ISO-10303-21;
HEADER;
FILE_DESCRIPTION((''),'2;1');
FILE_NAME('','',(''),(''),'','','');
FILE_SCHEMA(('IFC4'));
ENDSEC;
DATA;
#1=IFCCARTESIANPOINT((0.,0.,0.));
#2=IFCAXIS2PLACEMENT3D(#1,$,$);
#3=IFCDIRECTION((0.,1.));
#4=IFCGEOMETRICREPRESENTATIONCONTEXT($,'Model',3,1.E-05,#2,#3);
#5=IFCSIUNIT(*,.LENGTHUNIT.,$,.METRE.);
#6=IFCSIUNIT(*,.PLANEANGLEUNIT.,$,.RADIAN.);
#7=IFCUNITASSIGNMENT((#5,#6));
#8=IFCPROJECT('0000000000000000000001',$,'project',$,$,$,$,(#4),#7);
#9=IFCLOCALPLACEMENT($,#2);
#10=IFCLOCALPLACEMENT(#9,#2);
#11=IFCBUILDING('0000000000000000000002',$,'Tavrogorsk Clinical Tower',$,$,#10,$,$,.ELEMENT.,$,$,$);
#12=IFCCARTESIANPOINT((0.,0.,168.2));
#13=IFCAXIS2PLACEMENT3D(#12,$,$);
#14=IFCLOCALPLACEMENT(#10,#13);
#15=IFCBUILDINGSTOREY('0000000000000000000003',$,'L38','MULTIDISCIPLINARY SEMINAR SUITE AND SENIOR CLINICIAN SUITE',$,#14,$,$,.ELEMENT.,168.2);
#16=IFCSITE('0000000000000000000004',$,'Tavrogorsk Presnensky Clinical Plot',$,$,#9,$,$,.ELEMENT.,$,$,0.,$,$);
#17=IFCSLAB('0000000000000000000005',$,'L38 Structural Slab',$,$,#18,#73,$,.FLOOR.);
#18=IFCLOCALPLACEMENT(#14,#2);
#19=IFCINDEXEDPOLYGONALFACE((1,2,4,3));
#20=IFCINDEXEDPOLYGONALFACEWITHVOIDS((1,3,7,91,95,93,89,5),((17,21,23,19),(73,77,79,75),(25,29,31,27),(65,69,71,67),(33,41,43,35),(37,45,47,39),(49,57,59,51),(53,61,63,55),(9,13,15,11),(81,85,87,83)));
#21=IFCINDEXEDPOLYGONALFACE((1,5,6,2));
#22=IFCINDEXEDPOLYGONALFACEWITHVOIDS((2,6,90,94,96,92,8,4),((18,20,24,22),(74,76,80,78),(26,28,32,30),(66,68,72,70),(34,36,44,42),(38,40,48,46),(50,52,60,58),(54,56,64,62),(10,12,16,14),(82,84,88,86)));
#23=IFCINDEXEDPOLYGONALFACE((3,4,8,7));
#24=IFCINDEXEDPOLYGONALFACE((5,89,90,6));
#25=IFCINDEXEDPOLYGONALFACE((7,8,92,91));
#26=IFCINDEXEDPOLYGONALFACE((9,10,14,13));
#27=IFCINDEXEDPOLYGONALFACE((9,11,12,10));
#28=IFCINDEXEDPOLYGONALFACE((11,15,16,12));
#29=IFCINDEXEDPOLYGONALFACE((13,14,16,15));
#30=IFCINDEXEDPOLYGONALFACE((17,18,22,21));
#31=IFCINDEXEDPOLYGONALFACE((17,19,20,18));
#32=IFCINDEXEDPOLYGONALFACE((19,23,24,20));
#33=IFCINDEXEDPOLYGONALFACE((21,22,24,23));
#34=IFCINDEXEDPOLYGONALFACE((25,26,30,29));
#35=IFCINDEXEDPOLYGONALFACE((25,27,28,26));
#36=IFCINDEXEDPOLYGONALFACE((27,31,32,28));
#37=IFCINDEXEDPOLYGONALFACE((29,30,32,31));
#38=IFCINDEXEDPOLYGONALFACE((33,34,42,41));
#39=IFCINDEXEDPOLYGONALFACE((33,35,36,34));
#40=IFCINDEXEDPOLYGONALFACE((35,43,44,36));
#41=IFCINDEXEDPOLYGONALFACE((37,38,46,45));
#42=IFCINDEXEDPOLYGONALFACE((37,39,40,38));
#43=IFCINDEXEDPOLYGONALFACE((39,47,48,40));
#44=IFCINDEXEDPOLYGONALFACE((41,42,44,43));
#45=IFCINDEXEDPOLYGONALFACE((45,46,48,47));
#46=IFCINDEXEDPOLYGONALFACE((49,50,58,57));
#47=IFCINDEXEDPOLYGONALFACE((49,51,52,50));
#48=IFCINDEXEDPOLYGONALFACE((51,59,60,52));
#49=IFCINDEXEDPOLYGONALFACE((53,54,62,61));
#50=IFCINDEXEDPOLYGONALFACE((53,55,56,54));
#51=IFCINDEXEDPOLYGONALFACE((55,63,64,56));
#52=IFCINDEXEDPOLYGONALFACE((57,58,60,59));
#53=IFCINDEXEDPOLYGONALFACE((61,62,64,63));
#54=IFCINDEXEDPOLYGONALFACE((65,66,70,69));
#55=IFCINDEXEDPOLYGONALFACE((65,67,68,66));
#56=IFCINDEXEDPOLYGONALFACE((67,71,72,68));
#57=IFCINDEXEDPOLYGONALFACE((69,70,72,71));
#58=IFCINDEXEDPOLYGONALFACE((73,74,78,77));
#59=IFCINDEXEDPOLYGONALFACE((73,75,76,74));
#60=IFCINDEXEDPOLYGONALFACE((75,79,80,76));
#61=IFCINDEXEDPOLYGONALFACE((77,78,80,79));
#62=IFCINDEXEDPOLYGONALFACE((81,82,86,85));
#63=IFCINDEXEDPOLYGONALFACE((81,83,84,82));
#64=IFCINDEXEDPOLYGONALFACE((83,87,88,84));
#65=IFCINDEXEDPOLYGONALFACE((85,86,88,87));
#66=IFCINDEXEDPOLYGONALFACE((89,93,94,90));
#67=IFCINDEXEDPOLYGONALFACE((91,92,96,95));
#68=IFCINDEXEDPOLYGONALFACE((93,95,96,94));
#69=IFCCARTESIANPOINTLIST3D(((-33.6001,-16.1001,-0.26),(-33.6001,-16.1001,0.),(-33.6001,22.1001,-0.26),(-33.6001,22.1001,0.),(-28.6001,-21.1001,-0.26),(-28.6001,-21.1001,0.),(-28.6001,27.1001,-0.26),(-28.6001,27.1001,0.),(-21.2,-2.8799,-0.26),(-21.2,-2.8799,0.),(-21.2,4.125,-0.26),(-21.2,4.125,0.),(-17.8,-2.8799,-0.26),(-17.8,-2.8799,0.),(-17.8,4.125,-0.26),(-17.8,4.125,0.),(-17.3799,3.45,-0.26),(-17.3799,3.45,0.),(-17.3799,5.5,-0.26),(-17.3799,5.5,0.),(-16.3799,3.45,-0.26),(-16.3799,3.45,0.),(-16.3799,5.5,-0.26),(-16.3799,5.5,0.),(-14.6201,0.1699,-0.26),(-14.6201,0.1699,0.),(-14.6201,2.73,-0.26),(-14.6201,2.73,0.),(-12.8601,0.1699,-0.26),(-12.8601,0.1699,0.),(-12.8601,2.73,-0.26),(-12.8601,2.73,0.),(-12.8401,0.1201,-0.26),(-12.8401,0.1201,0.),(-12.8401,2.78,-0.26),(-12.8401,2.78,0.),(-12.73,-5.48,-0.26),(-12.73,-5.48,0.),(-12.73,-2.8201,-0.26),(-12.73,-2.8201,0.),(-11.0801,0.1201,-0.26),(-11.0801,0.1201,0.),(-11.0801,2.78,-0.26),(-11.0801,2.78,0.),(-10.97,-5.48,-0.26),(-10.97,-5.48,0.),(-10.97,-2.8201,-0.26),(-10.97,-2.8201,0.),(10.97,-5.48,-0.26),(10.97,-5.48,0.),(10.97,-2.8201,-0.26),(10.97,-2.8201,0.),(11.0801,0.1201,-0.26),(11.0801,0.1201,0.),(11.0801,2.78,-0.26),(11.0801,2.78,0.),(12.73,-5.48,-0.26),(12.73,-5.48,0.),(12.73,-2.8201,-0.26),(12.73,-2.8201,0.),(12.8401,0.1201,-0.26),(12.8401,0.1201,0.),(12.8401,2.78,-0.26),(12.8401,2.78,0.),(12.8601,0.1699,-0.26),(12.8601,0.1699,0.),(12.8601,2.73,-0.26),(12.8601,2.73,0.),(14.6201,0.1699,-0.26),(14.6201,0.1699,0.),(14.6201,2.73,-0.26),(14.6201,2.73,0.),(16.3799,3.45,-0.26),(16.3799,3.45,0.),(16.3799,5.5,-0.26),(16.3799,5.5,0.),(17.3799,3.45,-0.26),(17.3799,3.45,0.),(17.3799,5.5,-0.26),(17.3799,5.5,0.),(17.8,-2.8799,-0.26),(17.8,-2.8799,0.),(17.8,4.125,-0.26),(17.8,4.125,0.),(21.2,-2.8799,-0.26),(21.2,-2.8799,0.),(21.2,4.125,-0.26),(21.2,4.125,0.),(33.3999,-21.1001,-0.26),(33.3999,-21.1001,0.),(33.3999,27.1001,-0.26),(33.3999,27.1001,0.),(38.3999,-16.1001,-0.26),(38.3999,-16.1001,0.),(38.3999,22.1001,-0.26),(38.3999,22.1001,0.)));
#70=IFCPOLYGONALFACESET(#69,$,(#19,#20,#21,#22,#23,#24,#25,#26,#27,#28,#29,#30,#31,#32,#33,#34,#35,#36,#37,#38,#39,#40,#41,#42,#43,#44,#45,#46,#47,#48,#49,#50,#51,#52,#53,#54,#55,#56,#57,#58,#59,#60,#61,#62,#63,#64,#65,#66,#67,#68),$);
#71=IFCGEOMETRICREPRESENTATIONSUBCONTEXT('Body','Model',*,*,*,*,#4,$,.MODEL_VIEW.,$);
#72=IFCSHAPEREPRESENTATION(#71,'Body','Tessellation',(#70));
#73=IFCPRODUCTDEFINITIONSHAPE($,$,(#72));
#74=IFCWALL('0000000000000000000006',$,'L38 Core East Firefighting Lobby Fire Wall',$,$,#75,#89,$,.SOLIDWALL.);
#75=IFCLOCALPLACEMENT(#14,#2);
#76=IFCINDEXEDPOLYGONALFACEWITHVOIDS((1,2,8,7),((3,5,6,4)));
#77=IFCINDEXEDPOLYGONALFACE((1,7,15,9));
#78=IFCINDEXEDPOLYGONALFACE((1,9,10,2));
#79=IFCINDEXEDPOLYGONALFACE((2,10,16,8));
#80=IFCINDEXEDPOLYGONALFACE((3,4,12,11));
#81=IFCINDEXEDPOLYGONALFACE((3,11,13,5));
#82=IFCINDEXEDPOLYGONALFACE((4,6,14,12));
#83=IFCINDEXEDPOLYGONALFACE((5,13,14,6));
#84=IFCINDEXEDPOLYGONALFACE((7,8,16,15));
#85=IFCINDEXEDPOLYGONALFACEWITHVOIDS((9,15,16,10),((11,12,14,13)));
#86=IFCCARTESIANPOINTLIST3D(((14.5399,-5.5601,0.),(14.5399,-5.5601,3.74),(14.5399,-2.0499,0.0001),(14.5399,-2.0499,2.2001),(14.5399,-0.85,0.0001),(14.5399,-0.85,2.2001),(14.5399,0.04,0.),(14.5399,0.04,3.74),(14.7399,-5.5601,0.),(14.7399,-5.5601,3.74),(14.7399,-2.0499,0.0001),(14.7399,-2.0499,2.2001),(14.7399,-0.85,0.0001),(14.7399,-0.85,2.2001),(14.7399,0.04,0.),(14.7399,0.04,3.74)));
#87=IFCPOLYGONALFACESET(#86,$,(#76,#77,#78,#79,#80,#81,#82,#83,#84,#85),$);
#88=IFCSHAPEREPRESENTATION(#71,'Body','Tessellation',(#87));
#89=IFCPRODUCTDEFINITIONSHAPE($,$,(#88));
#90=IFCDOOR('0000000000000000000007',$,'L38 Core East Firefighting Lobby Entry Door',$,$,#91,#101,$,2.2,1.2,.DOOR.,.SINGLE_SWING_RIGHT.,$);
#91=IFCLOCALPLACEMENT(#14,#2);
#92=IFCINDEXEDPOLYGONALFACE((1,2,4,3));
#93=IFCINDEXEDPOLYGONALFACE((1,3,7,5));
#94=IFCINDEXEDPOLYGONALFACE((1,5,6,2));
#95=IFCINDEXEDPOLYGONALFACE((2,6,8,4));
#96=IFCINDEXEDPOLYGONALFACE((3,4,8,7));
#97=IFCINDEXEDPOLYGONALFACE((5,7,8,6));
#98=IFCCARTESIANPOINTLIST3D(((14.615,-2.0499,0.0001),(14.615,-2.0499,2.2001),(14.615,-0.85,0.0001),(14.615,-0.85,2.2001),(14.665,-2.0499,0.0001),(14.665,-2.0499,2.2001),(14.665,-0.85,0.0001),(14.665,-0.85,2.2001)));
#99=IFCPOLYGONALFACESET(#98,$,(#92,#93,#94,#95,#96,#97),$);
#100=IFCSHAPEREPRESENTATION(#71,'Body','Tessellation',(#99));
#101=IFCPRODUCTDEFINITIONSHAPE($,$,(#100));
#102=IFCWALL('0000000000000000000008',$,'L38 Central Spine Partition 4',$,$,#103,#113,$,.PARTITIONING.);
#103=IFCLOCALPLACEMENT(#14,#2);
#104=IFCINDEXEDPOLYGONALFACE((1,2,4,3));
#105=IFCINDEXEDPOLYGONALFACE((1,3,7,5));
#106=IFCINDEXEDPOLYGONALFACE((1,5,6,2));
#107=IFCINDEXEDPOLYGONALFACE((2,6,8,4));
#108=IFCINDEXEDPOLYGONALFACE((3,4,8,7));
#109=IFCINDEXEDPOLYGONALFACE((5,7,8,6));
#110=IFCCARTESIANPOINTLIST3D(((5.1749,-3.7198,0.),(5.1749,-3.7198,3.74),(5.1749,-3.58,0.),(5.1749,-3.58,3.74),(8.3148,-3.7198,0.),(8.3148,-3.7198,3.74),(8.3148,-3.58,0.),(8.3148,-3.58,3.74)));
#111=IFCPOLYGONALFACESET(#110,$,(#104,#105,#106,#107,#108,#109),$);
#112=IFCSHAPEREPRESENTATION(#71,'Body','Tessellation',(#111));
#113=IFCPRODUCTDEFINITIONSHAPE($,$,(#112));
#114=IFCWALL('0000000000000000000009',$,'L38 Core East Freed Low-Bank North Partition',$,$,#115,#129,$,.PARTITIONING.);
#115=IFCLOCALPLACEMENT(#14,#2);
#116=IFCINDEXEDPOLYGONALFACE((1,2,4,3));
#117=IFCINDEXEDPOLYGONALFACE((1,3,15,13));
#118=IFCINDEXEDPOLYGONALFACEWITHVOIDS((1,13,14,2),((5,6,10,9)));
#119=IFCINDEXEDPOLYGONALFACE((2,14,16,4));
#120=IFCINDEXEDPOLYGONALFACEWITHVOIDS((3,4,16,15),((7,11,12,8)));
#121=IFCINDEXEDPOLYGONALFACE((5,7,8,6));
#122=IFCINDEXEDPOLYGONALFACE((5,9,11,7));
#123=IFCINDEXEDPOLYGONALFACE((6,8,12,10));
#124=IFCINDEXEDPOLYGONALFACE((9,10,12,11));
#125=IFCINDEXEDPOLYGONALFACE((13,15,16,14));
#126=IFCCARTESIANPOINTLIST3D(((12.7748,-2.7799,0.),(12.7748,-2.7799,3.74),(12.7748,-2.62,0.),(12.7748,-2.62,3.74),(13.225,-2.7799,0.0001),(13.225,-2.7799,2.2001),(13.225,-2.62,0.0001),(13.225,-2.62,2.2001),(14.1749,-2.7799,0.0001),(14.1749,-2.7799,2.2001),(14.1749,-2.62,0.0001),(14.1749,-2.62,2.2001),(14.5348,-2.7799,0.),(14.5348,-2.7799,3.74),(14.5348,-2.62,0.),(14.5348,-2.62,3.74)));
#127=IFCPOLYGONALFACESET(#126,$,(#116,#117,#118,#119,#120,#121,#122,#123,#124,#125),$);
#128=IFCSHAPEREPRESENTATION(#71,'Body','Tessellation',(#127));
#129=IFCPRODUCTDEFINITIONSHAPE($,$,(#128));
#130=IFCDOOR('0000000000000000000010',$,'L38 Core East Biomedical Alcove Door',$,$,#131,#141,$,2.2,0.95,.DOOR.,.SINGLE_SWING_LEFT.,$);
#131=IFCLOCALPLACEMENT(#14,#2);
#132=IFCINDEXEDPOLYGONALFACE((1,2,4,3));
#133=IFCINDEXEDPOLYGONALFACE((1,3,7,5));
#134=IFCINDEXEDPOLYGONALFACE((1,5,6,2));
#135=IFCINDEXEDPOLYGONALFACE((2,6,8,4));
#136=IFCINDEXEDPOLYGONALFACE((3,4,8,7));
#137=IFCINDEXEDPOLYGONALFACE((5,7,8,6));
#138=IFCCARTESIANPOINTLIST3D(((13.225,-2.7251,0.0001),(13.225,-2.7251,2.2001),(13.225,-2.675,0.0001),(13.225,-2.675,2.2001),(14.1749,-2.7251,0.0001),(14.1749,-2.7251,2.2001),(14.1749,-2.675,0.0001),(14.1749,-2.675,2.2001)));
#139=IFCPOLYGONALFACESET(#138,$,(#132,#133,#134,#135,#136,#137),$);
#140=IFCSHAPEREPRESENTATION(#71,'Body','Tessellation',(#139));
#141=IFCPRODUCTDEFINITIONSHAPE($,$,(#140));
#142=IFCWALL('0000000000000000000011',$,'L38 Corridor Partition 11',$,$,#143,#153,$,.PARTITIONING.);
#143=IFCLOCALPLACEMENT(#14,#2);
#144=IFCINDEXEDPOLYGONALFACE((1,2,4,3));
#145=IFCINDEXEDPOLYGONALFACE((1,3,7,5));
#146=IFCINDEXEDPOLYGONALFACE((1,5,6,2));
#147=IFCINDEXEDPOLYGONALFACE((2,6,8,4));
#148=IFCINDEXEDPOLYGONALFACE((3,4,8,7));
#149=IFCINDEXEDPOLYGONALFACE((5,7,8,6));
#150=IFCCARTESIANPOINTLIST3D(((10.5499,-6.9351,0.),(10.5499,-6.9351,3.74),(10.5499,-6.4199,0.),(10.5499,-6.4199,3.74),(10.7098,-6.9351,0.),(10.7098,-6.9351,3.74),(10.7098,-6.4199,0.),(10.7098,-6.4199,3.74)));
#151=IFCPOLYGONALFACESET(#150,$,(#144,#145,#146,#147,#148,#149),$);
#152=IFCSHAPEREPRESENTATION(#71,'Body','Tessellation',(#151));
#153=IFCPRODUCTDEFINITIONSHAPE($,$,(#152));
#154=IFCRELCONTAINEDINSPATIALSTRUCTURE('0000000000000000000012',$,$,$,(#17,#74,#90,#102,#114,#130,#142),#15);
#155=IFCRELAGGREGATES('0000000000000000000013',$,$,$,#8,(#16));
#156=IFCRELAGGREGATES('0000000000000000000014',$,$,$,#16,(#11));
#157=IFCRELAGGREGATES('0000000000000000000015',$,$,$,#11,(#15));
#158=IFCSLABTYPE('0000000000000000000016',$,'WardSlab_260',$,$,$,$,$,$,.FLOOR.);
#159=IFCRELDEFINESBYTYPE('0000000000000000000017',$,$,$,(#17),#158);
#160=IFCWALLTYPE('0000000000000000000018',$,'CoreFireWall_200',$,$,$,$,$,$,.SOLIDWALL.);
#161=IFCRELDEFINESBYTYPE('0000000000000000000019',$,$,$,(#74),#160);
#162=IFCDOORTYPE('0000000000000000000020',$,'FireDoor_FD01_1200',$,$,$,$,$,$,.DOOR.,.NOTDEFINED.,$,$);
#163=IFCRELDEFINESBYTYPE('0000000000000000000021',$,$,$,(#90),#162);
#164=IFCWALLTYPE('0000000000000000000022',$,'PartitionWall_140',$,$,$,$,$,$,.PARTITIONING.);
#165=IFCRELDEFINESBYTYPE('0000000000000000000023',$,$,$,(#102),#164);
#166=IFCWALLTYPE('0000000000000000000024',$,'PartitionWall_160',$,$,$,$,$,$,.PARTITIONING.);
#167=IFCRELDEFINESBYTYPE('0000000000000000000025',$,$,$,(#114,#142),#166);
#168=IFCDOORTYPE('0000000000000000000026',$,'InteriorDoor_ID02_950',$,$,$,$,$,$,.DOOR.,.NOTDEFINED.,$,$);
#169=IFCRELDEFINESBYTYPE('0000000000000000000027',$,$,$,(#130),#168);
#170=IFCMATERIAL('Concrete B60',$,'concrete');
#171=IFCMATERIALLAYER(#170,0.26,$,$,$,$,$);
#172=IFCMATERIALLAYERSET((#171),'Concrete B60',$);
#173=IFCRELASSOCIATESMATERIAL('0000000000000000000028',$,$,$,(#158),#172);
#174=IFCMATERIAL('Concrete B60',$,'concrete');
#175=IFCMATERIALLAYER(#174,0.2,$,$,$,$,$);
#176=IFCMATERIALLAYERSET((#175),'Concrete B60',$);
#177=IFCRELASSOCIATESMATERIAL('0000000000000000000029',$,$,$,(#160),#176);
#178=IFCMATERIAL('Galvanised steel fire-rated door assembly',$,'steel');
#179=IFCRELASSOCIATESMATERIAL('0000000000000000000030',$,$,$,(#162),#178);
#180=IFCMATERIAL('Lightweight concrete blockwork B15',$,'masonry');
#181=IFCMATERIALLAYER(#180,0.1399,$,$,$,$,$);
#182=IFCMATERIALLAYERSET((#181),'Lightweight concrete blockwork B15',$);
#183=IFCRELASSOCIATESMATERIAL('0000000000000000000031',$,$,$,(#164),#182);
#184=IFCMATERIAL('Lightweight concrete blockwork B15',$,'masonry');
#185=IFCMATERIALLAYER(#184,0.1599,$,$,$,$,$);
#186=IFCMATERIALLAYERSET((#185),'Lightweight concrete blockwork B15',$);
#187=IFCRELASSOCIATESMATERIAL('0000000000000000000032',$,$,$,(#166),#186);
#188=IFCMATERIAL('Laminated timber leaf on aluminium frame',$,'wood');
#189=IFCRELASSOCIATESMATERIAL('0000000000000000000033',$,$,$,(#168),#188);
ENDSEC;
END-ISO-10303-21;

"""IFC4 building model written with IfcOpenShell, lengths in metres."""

from ifc_helpers import new_model, si_unit, direction, frame, frame_2d, origin, place, context, subcontext, project, spatial, polyline, rectangle, outline, extrude, material, layer, layer_set, type_object, element, fill, save


model = new_model("IFC4")

# Units and contexts
model_context = context("Model", 3, precision=1e-05, world=origin(), true_north=direction((0.0, 1.0)))
body_context = subcontext(model_context, "Body", "Model", "MODEL_VIEW")
ifc_project = project(units=[si_unit("LENGTHUNIT", "METRE"), si_unit("PLANEANGLEUNIT", "RADIAN")], contexts=[model_context])

# Site, building, storey
site_placement = place(None, origin())
site = spatial("IfcSite", under=ifc_project, at=site_placement, Name="Tavrogorsk Presnensky Clinical Plot", CompositionType="ELEMENT", RefElevation=0.0)
building_placement = place(site_placement, origin())
building = spatial("IfcBuilding", under=site, at=building_placement, Name="Tavrogorsk Clinical Tower", CompositionType="ELEMENT")
storey_placement = place(building_placement, frame((0.0, 0.0, 168.2)))
storey = spatial("IfcBuildingStorey", under=building, at=storey_placement, Name="L38", Description="MULTIDISCIPLINARY SEMINAR SUITE AND SENIOR CLINICIAN SUITE", CompositionType="ELEMENT", Elevation=168.2)

# Slab
ifc_material_1 = material(Name="Concrete B60", Category="concrete")
ifc_layer_1 = layer(ifc_material_1, 0.26)
ifc_layer_set_1 = layer_set([ifc_layer_1], Name="Concrete B60")
slab_type_1 = type_object("IfcSlabType", Name="WardSlab_260", PredefinedType="FLOOR", material=ifc_layer_set_1)
slab_1_placement = place(storey_placement, frame((0.0, 0.0, -0.26)))
element("IfcSlab", 1, at=slab_1_placement, inside=storey, type_object=slab_type_1, Name="L38 Structural Slab", PredefinedType="FLOOR", context=body_context, shape_type="SweptSolid", body=[
    extrude(outline(polyline([(-28.6001, -21.1001), (33.3999, -21.1001), (38.3999, -16.1001), (38.3999, 22.1001), (33.3999, 27.1001), (-28.6001, 27.1001), (-33.6001, 22.1001), (-33.6001, -16.1001), (-28.6001, -21.1001)]), holes=[polyline([(-17.8, -2.8799), (-17.8, 4.125), (-21.2, 4.125), (-21.2, -2.8799), (-17.8, -2.8799)]), polyline([(21.2, -2.8799), (21.2, 4.125), (17.8, 4.125), (17.8, -2.8799), (21.2, -2.8799)]), polyline([(-14.6201, 0.1699), (-12.8601, 0.1699), (-12.8601, 2.73), (-14.6201, 2.73), (-14.6201, 0.1699)]), polyline([(-12.73, -5.48), (-10.97, -5.48), (-10.97, -2.8201), (-12.73, -2.8201), (-12.73, -5.48)]), polyline([(-12.8401, 0.1201), (-11.0801, 0.1201), (-11.0801, 2.78), (-12.8401, 2.78), (-12.8401, 0.1201)]), polyline([(12.8601, 0.1699), (14.6201, 0.1699), (14.6201, 2.73), (12.8601, 2.73), (12.8601, 0.1699)]), polyline([(10.97, -5.48), (12.73, -5.48), (12.73, -2.8201), (10.97, -2.8201), (10.97, -5.48)]), polyline([(11.0801, 0.1201), (12.8401, 0.1201), (12.8401, 2.78), (11.0801, 2.78), (11.0801, 0.1201)]), polyline([(-17.3799, 3.45), (-16.3799, 3.45), (-16.3799, 5.5), (-17.3799, 5.5), (-17.3799, 3.45)]), polyline([(16.3799, 3.45), (17.3799, 3.45), (17.3799, 5.5), (16.3799, 5.5), (16.3799, 3.45)])]), origin(), (0.0, 0.0, 1.0), 0.26),
])

# Wall, opening, door
ifc_material_2 = material(Name="Concrete B60", Category="concrete")
ifc_layer_2 = layer(ifc_material_2, 0.2)
ifc_layer_set_2 = layer_set([ifc_layer_2], Name="Concrete B60")
wall_type_1 = type_object("IfcWallType", Name="CoreFireWall_200", PredefinedType="SOLIDWALL", material=ifc_layer_set_2)
wall_1_placement = place(storey_placement, frame((14.6399, -5.5601, 0.0), z_axis=(0.0, 0.0, 1.0), x_axis=(0.0, 1.0, 0.0)))
wall_1 = element("IfcWall", 2, at=wall_1_placement, inside=storey, type_object=wall_type_1, Name="L38 Core East Firefighting Lobby Fire Wall", PredefinedType="SOLIDWALL", context=body_context, shape_type="SweptSolid", body=[
    extrude(rectangle(XDim=5.6001, YDim=0.2, at=frame_2d((2.8, 0.0))), origin(), (0.0, 0.0, 1.0), 3.74),
])
opening_1_placement = place(wall_1_placement, frame((3.51, 0.0, 0.0)))
opening_1 = element("IfcOpeningElement", 3, at=opening_1_placement, cuts=wall_1, PredefinedType="OPENING", context=body_context, shape_type="SweptSolid", body=[
    extrude(rectangle(XDim=1.2, YDim=2.2, at=frame_2d((0.6001, 1.1001))), frame((0.0, 0.1099, 0.0), z_axis=(0.0, -1.0, 0.0), x_axis=(1.0, 0.0, 0.0)), (0.0, 0.0, 1.0), 0.22),
])
ifc_material_3 = material(Name="Galvanised steel fire-rated door assembly", Category="steel")
door_type_1 = type_object("IfcDoorType", Name="FireDoor_FD01_1200", OperationType="NOTDEFINED", PredefinedType="DOOR", material=ifc_material_3)
door_1_placement = place(opening_1_placement, origin())
door_1 = element("IfcDoor", 4, at=door_1_placement, inside=storey, type_object=door_type_1, Name="L38 Core East Firefighting Lobby Entry Door", OperationType="SINGLE_SWING_RIGHT", OverallHeight=2.2, OverallWidth=1.2, PredefinedType="DOOR", context=body_context, shape_type="SweptSolid", body=[
    extrude(rectangle(XDim=1.2, YDim=2.2, at=frame_2d((0.6001, 1.1001))), frame((0.0, 0.0249, 0.0), z_axis=(0.0, -1.0, 0.0), x_axis=(1.0, 0.0, 0.0)), (0.0, 0.0, 1.0), 0.05),
])
fill(opening_1, door_1)

# Wall
ifc_material_4 = material(Name="Lightweight concrete blockwork B15", Category="masonry")
ifc_layer_3 = layer(ifc_material_4, 0.1399)
ifc_layer_set_3 = layer_set([ifc_layer_3], Name="Lightweight concrete blockwork B15")
wall_type_2 = type_object("IfcWallType", Name="PartitionWall_140", PredefinedType="PARTITIONING", material=ifc_layer_set_3)
wall_2_placement = place(storey_placement, frame((5.175, -3.6499, 0.0), z_axis=(0.0, 0.0, 1.0), x_axis=(1.0, 0.0, 0.0)))
element("IfcWall", 5, at=wall_2_placement, inside=storey, type_object=wall_type_2, Name="L38 Central Spine Partition 4", PredefinedType="PARTITIONING", context=body_context, shape_type="SweptSolid", body=[
    extrude(rectangle(XDim=3.1399, YDim=0.1399, at=frame_2d((1.5698, 0.0))), origin(), (0.0, 0.0, 1.0), 3.74),
])

# Wall, opening, door
ifc_material_5 = material(Name="Lightweight concrete blockwork B15", Category="masonry")
ifc_layer_4 = layer(ifc_material_5, 0.1599)
ifc_layer_set_4 = layer_set([ifc_layer_4], Name="Lightweight concrete blockwork B15")
wall_type_3 = type_object("IfcWallType", Name="PartitionWall_160", PredefinedType="PARTITIONING", material=ifc_layer_set_4)
wall_3_placement = place(storey_placement, frame((12.7749, -2.7, 0.0), z_axis=(0.0, 0.0, 1.0), x_axis=(1.0, 0.0, 0.0)))
wall_3 = element("IfcWall", 6, at=wall_3_placement, inside=storey, type_object=wall_type_3, Name="L38 Core East Freed Low-Bank North Partition", PredefinedType="PARTITIONING", context=body_context, shape_type="SweptSolid", body=[
    extrude(rectangle(XDim=1.76, YDim=0.1599, at=frame_2d((0.8799, 0.0))), origin(), (0.0, 0.0, 1.0), 3.74),
])
opening_2_placement = place(wall_3_placement, frame((0.45, 0.0, 0.0)))
opening_2 = element("IfcOpeningElement", 7, at=opening_2_placement, cuts=wall_3, PredefinedType="OPENING", context=body_context, shape_type="SweptSolid", body=[
    extrude(rectangle(XDim=0.95, YDim=2.2, at=frame_2d((0.4751, 1.1001))), frame((0.0, 0.0898, 0.0), z_axis=(0.0, -1.0, 0.0), x_axis=(1.0, 0.0, 0.0)), (0.0, 0.0, 1.0), 0.1799),
])
ifc_material_6 = material(Name="Laminated timber leaf on aluminium frame", Category="wood")
door_type_2 = type_object("IfcDoorType", Name="InteriorDoor_ID02_950", OperationType="NOTDEFINED", PredefinedType="DOOR", material=ifc_material_6)
door_2_placement = place(opening_2_placement, origin())
door_2 = element("IfcDoor", 8, at=door_2_placement, inside=storey, type_object=door_type_2, Name="L38 Core East Biomedical Alcove Door", OperationType="SINGLE_SWING_LEFT", OverallHeight=2.2, OverallWidth=0.95, PredefinedType="DOOR", context=body_context, shape_type="SweptSolid", body=[
    extrude(rectangle(XDim=0.95, YDim=2.2, at=frame_2d((0.4751, 1.1001))), frame((0.0, 0.0249, 0.0), z_axis=(0.0, -1.0, 0.0), x_axis=(1.0, 0.0, 0.0)), (0.0, 0.0, 1.0), 0.05),
])
fill(opening_2, door_2)

# Wall
wall_4_placement = place(storey_placement, frame((10.6299, -6.4199, 0.0), z_axis=(0.0, 0.0, 1.0), x_axis=(0.0, -1.0, 0.0)))
element("IfcWall", 9, at=wall_4_placement, inside=storey, type_object=wall_type_3, Name="L38 Corridor Partition 11", PredefinedType="PARTITIONING", context=body_context, shape_type="SweptSolid", body=[
    extrude(rectangle(XDim=0.5151, YDim=0.1599, at=frame_2d((0.2576, 0.0))), origin(), (0.0, 0.0, 1.0), 3.74),
])

save(model, "model.ifc")
